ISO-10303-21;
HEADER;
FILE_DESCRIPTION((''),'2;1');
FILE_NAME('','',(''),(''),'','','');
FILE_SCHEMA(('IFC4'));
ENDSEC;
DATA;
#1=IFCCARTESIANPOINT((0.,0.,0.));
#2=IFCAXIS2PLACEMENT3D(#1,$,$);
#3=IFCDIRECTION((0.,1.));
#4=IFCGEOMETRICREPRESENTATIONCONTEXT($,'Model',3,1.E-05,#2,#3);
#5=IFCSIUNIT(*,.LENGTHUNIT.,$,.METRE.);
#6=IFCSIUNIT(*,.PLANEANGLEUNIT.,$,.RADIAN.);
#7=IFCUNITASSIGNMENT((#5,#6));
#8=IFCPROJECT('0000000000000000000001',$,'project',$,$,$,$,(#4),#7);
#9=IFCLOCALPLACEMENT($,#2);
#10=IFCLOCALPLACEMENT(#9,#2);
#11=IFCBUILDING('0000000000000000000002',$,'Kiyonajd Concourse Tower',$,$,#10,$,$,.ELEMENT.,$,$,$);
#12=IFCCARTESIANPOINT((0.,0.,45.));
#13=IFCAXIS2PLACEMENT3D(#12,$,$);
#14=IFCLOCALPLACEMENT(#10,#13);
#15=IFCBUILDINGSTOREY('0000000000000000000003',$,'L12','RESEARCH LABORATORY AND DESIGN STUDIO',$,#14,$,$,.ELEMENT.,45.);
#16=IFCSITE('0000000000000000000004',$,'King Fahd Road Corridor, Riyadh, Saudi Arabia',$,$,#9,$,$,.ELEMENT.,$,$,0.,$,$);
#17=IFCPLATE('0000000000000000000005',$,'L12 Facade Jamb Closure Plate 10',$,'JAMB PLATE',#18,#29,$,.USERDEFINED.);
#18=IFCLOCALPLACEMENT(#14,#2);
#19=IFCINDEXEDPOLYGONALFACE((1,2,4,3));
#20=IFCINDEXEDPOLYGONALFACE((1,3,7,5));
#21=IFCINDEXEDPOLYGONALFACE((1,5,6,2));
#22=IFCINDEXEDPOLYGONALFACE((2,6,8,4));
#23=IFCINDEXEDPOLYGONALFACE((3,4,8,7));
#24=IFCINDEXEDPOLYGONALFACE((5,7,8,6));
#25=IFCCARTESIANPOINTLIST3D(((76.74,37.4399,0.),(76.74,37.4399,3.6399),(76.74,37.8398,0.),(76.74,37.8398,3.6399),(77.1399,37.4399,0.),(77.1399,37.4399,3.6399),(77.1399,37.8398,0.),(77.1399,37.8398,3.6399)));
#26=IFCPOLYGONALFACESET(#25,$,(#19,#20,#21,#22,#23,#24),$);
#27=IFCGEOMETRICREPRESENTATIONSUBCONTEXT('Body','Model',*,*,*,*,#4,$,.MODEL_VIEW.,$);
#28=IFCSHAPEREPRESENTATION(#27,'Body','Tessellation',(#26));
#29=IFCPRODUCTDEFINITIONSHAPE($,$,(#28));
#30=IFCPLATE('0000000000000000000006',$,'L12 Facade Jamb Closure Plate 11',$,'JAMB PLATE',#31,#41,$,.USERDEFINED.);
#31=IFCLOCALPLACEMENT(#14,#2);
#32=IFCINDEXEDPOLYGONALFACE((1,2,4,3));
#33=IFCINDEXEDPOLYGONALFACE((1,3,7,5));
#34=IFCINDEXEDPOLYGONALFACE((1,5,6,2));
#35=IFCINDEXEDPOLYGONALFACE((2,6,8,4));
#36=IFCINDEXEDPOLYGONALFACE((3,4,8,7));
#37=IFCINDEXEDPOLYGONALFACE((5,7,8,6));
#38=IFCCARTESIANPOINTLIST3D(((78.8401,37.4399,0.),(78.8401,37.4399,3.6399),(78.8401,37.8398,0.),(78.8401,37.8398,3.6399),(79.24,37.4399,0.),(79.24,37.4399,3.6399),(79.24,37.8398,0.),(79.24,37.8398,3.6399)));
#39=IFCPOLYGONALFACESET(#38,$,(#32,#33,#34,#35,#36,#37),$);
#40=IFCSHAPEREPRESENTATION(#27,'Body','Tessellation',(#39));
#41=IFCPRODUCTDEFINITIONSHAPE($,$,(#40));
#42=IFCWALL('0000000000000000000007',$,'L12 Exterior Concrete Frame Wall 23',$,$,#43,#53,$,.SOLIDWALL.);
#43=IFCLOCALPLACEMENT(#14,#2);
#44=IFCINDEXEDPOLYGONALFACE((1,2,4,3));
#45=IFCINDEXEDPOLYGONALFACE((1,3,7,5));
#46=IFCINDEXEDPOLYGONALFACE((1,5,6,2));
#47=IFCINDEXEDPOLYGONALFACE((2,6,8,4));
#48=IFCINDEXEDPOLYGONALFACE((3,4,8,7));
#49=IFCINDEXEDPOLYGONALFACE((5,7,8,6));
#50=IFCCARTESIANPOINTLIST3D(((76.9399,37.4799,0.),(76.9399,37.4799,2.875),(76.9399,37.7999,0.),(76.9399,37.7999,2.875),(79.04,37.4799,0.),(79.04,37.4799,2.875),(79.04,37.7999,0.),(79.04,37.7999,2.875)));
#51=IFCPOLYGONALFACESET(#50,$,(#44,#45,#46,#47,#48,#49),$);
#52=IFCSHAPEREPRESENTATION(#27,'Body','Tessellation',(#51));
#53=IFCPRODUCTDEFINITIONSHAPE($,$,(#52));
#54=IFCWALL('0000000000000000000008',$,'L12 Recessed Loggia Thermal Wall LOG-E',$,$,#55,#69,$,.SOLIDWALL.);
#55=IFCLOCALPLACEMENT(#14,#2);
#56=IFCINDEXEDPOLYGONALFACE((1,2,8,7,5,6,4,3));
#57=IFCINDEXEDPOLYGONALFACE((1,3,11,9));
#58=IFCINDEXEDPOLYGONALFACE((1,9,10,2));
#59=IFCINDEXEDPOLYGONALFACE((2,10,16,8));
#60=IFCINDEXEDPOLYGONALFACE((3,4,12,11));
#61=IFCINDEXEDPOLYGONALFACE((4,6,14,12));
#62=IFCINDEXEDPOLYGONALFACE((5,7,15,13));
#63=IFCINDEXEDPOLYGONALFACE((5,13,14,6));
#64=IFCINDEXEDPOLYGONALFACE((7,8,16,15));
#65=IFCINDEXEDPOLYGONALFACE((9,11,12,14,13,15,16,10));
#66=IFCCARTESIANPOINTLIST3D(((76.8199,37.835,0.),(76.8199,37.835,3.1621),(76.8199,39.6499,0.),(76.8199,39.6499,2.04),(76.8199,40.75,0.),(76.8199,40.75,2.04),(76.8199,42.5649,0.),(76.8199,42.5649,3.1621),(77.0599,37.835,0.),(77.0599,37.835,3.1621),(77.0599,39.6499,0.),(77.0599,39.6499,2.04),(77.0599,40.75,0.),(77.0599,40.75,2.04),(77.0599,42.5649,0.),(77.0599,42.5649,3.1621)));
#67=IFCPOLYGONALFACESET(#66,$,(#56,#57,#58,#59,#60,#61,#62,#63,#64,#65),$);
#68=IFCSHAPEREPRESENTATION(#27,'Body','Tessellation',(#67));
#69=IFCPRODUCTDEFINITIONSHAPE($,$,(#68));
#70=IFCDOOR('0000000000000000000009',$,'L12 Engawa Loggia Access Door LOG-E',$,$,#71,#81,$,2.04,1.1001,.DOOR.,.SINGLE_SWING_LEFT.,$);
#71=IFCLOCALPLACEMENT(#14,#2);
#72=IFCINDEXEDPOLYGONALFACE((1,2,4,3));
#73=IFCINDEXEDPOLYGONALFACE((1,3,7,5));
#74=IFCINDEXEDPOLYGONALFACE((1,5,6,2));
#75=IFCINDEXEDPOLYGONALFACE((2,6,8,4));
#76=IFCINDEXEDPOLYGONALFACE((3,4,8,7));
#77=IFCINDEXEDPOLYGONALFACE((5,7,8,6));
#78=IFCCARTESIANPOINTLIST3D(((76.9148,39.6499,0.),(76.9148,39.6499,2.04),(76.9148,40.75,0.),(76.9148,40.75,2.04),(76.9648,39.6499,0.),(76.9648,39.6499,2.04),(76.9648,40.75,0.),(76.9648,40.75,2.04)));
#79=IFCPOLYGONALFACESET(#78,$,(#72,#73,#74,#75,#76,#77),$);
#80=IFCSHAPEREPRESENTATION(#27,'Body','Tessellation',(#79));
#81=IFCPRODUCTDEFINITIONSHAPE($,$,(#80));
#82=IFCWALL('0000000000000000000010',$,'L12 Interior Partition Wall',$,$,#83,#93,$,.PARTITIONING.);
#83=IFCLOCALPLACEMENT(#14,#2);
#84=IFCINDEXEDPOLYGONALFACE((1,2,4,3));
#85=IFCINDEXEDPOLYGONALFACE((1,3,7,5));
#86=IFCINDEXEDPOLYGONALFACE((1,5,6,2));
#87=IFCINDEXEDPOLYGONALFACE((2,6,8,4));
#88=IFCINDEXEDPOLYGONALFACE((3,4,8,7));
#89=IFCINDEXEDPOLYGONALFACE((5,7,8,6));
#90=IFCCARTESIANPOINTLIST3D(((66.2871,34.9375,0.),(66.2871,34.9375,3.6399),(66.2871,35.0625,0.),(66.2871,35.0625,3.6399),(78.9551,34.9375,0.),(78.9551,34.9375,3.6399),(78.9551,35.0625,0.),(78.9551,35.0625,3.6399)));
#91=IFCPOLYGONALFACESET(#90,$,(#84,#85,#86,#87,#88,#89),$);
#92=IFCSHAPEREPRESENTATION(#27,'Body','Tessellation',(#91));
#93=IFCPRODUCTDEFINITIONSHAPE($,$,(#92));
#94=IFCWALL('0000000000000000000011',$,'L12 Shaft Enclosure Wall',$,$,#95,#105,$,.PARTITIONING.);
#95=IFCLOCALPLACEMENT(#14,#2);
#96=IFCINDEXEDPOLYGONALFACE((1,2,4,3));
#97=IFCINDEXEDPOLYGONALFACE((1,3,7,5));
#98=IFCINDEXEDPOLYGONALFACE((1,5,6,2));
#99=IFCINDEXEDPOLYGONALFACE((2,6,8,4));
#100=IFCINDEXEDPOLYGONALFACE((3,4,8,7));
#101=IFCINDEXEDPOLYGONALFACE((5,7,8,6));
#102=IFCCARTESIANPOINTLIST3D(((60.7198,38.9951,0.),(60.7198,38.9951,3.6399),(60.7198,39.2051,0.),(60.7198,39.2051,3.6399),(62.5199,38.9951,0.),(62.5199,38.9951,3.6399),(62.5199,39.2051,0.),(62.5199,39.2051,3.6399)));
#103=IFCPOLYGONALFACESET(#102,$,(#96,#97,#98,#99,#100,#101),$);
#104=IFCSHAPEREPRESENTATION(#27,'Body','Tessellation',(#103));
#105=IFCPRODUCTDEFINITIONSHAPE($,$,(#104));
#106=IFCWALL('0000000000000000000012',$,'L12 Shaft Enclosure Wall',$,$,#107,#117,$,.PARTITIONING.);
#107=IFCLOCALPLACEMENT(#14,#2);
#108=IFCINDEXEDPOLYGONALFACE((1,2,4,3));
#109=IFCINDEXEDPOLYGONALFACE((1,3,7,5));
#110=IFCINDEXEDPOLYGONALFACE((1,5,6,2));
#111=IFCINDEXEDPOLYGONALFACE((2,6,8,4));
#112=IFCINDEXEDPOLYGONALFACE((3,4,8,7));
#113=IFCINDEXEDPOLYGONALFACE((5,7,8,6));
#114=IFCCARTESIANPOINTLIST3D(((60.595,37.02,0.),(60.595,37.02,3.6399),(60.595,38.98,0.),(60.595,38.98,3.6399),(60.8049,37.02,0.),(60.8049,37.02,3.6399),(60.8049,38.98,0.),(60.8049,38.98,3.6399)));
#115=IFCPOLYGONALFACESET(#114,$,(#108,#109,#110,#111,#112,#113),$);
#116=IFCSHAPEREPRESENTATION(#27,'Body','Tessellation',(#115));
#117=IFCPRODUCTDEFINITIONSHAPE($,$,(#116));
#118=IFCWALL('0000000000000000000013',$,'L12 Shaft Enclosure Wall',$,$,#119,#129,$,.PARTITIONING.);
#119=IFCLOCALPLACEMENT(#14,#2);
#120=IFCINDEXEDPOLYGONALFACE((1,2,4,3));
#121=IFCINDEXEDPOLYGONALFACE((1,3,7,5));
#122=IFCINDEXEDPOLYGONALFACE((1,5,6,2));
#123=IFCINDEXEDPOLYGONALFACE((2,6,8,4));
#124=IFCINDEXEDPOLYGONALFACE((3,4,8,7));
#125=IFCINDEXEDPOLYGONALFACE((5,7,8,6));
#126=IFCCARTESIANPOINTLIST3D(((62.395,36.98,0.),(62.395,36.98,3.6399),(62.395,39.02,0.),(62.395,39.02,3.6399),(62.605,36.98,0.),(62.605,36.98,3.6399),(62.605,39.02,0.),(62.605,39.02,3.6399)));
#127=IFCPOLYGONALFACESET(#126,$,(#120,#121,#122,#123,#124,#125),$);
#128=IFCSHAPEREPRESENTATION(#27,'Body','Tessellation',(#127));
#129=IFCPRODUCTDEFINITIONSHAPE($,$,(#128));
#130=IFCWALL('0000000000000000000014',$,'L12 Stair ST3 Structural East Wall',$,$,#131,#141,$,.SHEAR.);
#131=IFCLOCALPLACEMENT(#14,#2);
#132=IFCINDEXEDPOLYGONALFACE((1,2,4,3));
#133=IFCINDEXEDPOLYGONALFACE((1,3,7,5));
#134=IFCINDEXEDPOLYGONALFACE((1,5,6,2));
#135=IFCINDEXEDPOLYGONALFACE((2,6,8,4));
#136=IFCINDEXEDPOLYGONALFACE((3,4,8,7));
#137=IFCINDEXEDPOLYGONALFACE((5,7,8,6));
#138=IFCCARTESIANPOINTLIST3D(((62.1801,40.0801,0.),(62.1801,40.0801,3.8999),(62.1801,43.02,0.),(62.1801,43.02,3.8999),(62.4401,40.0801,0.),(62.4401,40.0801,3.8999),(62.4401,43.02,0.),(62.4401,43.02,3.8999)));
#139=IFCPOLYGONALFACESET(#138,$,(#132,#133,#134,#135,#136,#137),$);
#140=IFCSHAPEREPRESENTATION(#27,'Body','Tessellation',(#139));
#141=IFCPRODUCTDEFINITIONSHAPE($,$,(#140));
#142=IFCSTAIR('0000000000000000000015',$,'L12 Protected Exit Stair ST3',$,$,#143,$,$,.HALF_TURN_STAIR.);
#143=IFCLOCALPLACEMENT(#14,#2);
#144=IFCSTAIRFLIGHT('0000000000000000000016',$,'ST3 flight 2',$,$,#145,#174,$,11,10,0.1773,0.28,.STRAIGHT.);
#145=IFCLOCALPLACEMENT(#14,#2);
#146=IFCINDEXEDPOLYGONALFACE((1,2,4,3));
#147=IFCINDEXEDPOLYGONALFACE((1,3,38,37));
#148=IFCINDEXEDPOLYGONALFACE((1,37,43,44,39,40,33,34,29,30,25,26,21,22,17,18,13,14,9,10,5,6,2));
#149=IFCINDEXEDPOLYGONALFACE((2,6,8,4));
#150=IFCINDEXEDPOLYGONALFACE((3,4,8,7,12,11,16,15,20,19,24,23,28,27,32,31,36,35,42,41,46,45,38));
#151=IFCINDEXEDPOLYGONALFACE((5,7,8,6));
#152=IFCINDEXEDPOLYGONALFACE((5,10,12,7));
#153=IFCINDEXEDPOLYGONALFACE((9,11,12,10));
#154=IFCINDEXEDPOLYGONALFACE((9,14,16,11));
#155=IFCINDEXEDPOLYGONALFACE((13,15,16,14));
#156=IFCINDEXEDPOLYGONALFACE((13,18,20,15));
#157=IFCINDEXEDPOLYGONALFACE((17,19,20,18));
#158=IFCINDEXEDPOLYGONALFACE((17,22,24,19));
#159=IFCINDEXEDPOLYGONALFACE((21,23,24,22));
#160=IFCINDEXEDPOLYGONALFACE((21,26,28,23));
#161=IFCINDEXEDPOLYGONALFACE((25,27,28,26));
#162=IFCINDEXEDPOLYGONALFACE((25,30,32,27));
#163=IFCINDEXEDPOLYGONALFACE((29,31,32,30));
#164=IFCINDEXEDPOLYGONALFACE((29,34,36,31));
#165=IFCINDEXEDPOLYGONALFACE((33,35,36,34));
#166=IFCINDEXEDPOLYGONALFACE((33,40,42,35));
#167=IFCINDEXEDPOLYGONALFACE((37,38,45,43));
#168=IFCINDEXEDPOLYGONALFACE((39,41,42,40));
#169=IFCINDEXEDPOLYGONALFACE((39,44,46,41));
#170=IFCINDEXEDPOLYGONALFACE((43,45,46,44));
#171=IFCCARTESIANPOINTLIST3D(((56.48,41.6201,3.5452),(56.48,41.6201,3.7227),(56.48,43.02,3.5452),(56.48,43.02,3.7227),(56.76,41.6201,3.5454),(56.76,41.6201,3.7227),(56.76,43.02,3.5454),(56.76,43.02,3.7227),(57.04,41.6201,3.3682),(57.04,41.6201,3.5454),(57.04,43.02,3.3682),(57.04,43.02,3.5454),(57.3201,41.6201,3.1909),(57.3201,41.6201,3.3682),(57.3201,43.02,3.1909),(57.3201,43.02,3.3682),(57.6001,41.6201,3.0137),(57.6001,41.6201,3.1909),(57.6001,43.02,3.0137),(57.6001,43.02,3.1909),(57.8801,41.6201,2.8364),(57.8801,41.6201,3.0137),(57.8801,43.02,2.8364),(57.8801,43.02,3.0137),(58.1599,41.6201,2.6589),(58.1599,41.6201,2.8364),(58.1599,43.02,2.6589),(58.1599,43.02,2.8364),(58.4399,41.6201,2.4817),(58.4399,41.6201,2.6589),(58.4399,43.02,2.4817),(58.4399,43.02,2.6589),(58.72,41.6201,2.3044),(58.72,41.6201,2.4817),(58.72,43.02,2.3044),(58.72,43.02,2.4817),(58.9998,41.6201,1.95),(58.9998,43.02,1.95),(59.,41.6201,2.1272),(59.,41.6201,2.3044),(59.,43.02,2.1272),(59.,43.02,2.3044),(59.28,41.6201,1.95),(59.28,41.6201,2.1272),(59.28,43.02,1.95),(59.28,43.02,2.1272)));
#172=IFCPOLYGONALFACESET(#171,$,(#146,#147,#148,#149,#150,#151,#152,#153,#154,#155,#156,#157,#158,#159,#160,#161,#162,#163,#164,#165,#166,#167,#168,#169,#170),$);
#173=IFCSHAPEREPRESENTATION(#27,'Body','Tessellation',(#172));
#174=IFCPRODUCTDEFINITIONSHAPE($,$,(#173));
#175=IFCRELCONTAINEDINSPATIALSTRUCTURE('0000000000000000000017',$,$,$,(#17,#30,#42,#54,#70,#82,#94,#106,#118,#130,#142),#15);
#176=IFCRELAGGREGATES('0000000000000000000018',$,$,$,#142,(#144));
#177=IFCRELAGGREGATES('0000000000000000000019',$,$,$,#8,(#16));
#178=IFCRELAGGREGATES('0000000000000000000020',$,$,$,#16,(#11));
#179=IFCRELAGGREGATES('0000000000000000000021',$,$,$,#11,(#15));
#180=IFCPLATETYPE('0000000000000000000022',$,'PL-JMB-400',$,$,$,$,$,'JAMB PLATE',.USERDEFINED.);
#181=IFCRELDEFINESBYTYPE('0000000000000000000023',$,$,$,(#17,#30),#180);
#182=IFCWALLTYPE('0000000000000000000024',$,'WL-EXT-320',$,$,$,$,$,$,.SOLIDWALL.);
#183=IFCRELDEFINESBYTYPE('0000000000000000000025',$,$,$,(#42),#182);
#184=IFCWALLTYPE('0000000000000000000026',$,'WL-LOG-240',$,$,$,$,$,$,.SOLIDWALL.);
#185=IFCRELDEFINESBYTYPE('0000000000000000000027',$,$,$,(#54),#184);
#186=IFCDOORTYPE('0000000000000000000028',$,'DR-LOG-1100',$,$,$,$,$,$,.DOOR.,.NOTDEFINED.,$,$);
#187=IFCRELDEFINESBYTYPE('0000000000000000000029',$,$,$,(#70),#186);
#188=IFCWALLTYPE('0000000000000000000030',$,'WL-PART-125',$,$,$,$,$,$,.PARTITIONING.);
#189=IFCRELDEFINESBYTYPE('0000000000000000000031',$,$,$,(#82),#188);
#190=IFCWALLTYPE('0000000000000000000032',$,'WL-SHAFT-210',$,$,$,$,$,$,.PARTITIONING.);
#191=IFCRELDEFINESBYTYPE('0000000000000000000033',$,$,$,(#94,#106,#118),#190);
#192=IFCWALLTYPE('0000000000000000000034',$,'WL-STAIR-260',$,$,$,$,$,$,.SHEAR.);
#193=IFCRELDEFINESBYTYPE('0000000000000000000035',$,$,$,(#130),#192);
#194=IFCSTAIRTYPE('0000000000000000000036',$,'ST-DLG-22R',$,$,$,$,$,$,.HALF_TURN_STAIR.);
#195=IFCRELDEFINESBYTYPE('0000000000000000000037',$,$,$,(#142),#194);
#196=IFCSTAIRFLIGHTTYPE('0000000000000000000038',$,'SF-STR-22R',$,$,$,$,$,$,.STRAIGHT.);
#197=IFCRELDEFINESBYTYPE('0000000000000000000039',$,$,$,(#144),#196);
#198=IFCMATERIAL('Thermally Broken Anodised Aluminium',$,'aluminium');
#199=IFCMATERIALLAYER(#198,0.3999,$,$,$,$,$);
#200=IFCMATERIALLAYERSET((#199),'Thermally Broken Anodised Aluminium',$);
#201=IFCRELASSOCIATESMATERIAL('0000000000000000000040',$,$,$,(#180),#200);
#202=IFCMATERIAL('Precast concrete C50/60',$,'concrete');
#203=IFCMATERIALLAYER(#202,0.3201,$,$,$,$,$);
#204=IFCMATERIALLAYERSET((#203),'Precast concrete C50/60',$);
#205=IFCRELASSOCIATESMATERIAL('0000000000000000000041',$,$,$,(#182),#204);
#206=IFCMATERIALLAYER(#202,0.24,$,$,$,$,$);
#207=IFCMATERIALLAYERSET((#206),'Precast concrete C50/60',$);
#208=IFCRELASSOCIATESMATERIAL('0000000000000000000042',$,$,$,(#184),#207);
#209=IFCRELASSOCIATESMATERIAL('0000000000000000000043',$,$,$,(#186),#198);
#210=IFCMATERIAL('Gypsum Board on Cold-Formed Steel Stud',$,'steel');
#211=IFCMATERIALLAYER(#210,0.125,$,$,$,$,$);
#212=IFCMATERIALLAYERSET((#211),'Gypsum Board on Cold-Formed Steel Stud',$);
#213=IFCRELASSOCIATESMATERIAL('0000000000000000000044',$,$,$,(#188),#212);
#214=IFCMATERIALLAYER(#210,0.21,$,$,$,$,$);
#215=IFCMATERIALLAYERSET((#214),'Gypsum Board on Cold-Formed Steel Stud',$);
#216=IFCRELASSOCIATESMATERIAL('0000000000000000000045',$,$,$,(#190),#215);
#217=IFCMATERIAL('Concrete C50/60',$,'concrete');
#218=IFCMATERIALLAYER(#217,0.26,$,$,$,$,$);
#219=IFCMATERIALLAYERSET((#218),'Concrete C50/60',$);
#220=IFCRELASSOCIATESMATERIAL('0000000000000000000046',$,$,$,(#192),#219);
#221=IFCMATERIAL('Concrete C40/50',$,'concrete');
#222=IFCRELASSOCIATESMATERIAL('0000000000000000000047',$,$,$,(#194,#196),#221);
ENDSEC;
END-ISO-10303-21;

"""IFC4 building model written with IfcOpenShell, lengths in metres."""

from ifc_helpers import new_model, si_unit, direction, frame, frame_2d, origin, origin_2d, place, context, subcontext, project, spatial, polyline, rectangle, outline, extrude, material, layer, layer_set, type_object, element, fill, aggregate, save


model = new_model("IFC4")

# Units and contexts
model_context = context("Model", 3, precision=1e-05, world=origin(), true_north=direction((0.0, 1.0)))
body_context = subcontext(model_context, "Body", "Model", "MODEL_VIEW")
ifc_project = project(units=[si_unit("LENGTHUNIT", "METRE"), si_unit("PLANEANGLEUNIT", "RADIAN")], contexts=[model_context])

# Site, building, storey
site_placement = place(None, origin())
site = spatial("IfcSite", under=ifc_project, at=site_placement, Name="King Fahd Road Corridor, Riyadh, Saudi Arabia", CompositionType="ELEMENT", RefElevation=0.0)
building_placement = place(site_placement, origin())
building = spatial("IfcBuilding", under=site, at=building_placement, Name="Kiyonajd Concourse Tower", CompositionType="ELEMENT")
storey_placement = place(building_placement, frame((0.0, 0.0, 45.0)))
storey = spatial("IfcBuildingStorey", under=building, at=storey_placement, Name="L12", Description="RESEARCH LABORATORY AND DESIGN STUDIO", CompositionType="ELEMENT", Elevation=45.0)

# Shared definitions
ifc_material_1 = material(Name="Precast concrete C50/60", Category="concrete")

# Shared definitions
ifc_material_2 = material(Name="Thermally Broken Anodised Aluminium", Category="aluminium")

# Plates
ifc_layer_1 = layer(ifc_material_2, 0.3999)
ifc_layer_set_1 = layer_set([ifc_layer_1], Name="Thermally Broken Anodised Aluminium")
plate_type_1 = type_object("IfcPlateType", Name="PL-JMB-400", ElementType="JAMB PLATE", PredefinedType="USERDEFINED", material=ifc_layer_set_1)
for number, where, z_axis, x_axis, name in (
    (1, (76.9399, 37.6399, 0.0), (0.0, 0.0, 1.0), (1.0, 0.0, 0.0), "L12 Facade Jamb Closure Plate 10"),
    (2, (79.04, 37.6399, 0.0), (0.0, 0.0, 1.0), (1.0, 0.0, 0.0), "L12 Facade Jamb Closure Plate 11"),
):
    element("IfcPlate", number, at=place(storey_placement, frame(where, z_axis=z_axis, x_axis=x_axis)), inside=storey, type_object=plate_type_1, Name=name, ObjectType="JAMB PLATE", PredefinedType="USERDEFINED", context=body_context, shape_type="SweptSolid", body=[
        extrude(rectangle(XDim=0.3999, YDim=0.3999, at=origin_2d()), origin(), (0.0, 0.0, 1.0), 3.6399),
    ])

# Wall
ifc_layer_2 = layer(ifc_material_1, 0.3201)
ifc_layer_set_2 = layer_set([ifc_layer_2], Name="Precast concrete C50/60")
wall_type_1 = type_object("IfcWallType", Name="WL-EXT-320", PredefinedType="SOLIDWALL", material=ifc_layer_set_2)
wall_1_placement = place(storey_placement, frame((76.9399, 37.6399, 0.0), z_axis=(0.0, 0.0, 1.0), x_axis=(1.0, 0.0, 0.0)))
element("IfcWall", 3, at=wall_1_placement, inside=storey, type_object=wall_type_1, Name="L12 Exterior Concrete Frame Wall 23", PredefinedType="SOLIDWALL", context=body_context, shape_type="SweptSolid", body=[
    extrude(rectangle(XDim=2.1001, YDim=0.3201, at=frame_2d((1.05, 0.0))), origin(), (0.0, 0.0, 1.0), 2.875),
])

# Wall, opening, door
ifc_layer_3 = layer(ifc_material_1, 0.24)
ifc_layer_set_3 = layer_set([ifc_layer_3], Name="Precast concrete C50/60")
wall_type_2 = type_object("IfcWallType", Name="WL-LOG-240", PredefinedType="SOLIDWALL", material=ifc_layer_set_3)
wall_2_placement = place(storey_placement, frame((76.9399, 42.5649, 0.0), z_axis=(0.0, 0.0, 1.0), x_axis=(0.0, -1.0, 0.0)))
wall_2 = element("IfcWall", 4, at=wall_2_placement, inside=storey, type_object=wall_type_2, Name="L12 Recessed Loggia Thermal Wall LOG-E", PredefinedType="SOLIDWALL", context=body_context, shape_type="SweptSolid", body=[
    extrude(rectangle(XDim=4.73, YDim=0.24, at=frame_2d((2.365, 0.0))), origin(), (0.0, 0.0, 1.0), 3.1621),
])
opening_placement = place(wall_2_placement, frame((1.8149, 0.0, 0.0)))
opening = element("IfcOpeningElement", 5, at=opening_placement, cuts=wall_2, PredefinedType="OPENING", context=body_context, shape_type="SweptSolid", body=[
    extrude(rectangle(XDim=1.1001, YDim=2.04, at=frame_2d((0.55, 1.02))), frame((0.0, 0.1299, 0.0), z_axis=(0.0, -1.0, 0.0), x_axis=(1.0, 0.0, 0.0)), (0.0, 0.0, 1.0), 0.26),
])
door_type = type_object("IfcDoorType", Name="DR-LOG-1100", OperationType="NOTDEFINED", PredefinedType="DOOR", material=ifc_material_2)
door_placement = place(opening_placement, origin())
door = element("IfcDoor", 6, at=door_placement, inside=storey, type_object=door_type, Name="L12 Engawa Loggia Access Door LOG-E", OperationType="SINGLE_SWING_LEFT", OverallHeight=2.04, OverallWidth=1.1001, PredefinedType="DOOR", context=body_context, shape_type="SweptSolid", body=[
    extrude(rectangle(XDim=1.1001, YDim=2.04, at=frame_2d((0.55, 1.02))), frame((0.0, 0.0249, 0.0), z_axis=(0.0, -1.0, 0.0), x_axis=(1.0, 0.0, 0.0)), (0.0, 0.0, 1.0), 0.05),
])
fill(opening, door)

# Walls
ifc_material_3 = material(Name="Gypsum Board on Cold-Formed Steel Stud", Category="steel")
ifc_layer_4 = layer(ifc_material_3, 0.125)
ifc_layer_set_4 = layer_set([ifc_layer_4], Name="Gypsum Board on Cold-Formed Steel Stud")
wall_type_3 = type_object("IfcWallType", Name="WL-PART-125", PredefinedType="PARTITIONING", material=ifc_layer_set_4)
wall_3_placement = place(storey_placement, frame((66.2871, 35.0, 0.0), z_axis=(0.0, 0.0, 1.0), x_axis=(1.0, 0.0, 0.0)))
element("IfcWall", 7, at=wall_3_placement, inside=storey, type_object=wall_type_3, Name="L12 Interior Partition Wall", PredefinedType="PARTITIONING", context=body_context, shape_type="SweptSolid", body=[
    extrude(rectangle(XDim=12.668, YDim=0.125, at=frame_2d((6.334, 0.0))), origin(), (0.0, 0.0, 1.0), 3.6399),
])
ifc_layer_5 = layer(ifc_material_3, 0.21)
ifc_layer_set_5 = layer_set([ifc_layer_5], Name="Gypsum Board on Cold-Formed Steel Stud")
wall_type_4 = type_object("IfcWallType", Name="WL-SHAFT-210", PredefinedType="PARTITIONING", material=ifc_layer_set_5)
wall_4_placement = place(storey_placement, frame((60.72, 39.1001, 0.0), z_axis=(0.0, 0.0, 1.0), x_axis=(1.0, 0.0, 0.0)))
element("IfcWall", 8, at=wall_4_placement, inside=storey, type_object=wall_type_4, Name="L12 Shaft Enclosure Wall", PredefinedType="PARTITIONING", context=body_context, shape_type="SweptSolid", body=[
    extrude(rectangle(XDim=1.8, YDim=0.21, at=frame_2d((0.8999, 0.0))), origin(), (0.0, 0.0, 1.0), 3.6399),
])
wall_5_placement = place(storey_placement, frame((60.7, 37.02, 0.0), z_axis=(0.0, 0.0, 1.0), x_axis=(0.0, 1.0, 0.0)))
element("IfcWall", 9, at=wall_5_placement, inside=storey, type_object=wall_type_4, Name="L12 Shaft Enclosure Wall", PredefinedType="PARTITIONING", context=body_context, shape_type="SweptSolid", body=[
    extrude(rectangle(XDim=1.96, YDim=0.21, at=frame_2d((0.98, 0.0))), origin(), (0.0, 0.0, 1.0), 3.6399),
])
wall_6_placement = place(storey_placement, frame((62.5, 36.98, 0.0), z_axis=(0.0, 0.0, 1.0), x_axis=(0.0, 1.0, 0.0)))
element("IfcWall", 10, at=wall_6_placement, inside=storey, type_object=wall_type_4, Name="L12 Shaft Enclosure Wall", PredefinedType="PARTITIONING", context=body_context, shape_type="SweptSolid", body=[
    extrude(rectangle(XDim=2.04, YDim=0.21, at=frame_2d((1.02, 0.0))), origin(), (0.0, 0.0, 1.0), 3.6399),
])
ifc_material_4 = material(Name="Concrete C50/60", Category="concrete")
ifc_layer_6 = layer(ifc_material_4, 0.26)
ifc_layer_set_6 = layer_set([ifc_layer_6], Name="Concrete C50/60")
wall_type_5 = type_object("IfcWallType", Name="WL-STAIR-260", PredefinedType="SHEAR", material=ifc_layer_set_6)
wall_7_placement = place(storey_placement, frame((62.3101, 40.0801, 0.0), z_axis=(0.0, 0.0, 1.0), x_axis=(0.0, 1.0, 0.0)))
element("IfcWall", 11, at=wall_7_placement, inside=storey, type_object=wall_type_5, Name="L12 Stair ST3 Structural East Wall", PredefinedType="SHEAR", context=body_context, shape_type="SweptSolid", body=[
    extrude(rectangle(XDim=2.9399, YDim=0.26, at=frame_2d((1.47, 0.0))), origin(), (0.0, 0.0, 1.0), 3.8999),
])

# Stair, stair flight
ifc_material_5 = material(Name="Concrete C40/50", Category="concrete")
stair_type = type_object("IfcStairType", Name="ST-DLG-22R", PredefinedType="HALF_TURN_STAIR", material=ifc_material_5)
stair_placement = place(storey_placement, origin())
stair = element("IfcStair", 12, at=stair_placement, inside=storey, type_object=stair_type, Name="L12 Protected Exit Stair ST3", PredefinedType="HALF_TURN_STAIR")
stair_flight_type = type_object("IfcStairFlightType", Name="SF-STR-22R", PredefinedType="STRAIGHT", material=ifc_material_5)
stair_flight_placement = place(storey_placement, frame((59.28, 42.3201, 1.95), z_axis=(0.0, 0.0, 1.0), x_axis=(-1.0, 0.0, 0.0)))
stair_flight = element("IfcStairFlight", 13, at=stair_flight_placement, type_object=stair_flight_type, Name="ST3 flight 2", NumberOfRisers=11, NumberOfTreads=10, PredefinedType="STRAIGHT", RiserHeight=0.1773, TreadLength=0.28, context=body_context, shape_type="SweptSolid", body=[
    extrude(outline(polyline([(0.0, 0.0), (0.0, 0.1772), (0.28, 0.1772), (0.28, 0.3545), (0.5601, 0.3545), (0.5601, 0.5317), (0.8401, 0.5317), (0.8401, 0.709), (1.1201, 0.709), (1.1201, 0.8865), (1.3999, 0.8865), (1.3999, 1.0637), (1.6799, 1.0637), (1.6799, 1.241), (1.96, 1.241), (1.96, 1.4182), (2.24, 1.4182), (2.24, 1.5955), (2.52, 1.5955), (2.52, 1.7727), (2.8, 1.7727), (2.8, 1.95), (2.8, 1.5952), (0.2803, 0.0), (0.0, 0.0)])), frame((0.0, 0.7, 0.0), z_axis=(0.0, -1.0, 0.0), x_axis=(1.0, 0.0, 0.0)), (0.0, 0.0, 1.0), 1.3999),
])
aggregate(stair, [stair_flight])

save(model, "model.ifc")
